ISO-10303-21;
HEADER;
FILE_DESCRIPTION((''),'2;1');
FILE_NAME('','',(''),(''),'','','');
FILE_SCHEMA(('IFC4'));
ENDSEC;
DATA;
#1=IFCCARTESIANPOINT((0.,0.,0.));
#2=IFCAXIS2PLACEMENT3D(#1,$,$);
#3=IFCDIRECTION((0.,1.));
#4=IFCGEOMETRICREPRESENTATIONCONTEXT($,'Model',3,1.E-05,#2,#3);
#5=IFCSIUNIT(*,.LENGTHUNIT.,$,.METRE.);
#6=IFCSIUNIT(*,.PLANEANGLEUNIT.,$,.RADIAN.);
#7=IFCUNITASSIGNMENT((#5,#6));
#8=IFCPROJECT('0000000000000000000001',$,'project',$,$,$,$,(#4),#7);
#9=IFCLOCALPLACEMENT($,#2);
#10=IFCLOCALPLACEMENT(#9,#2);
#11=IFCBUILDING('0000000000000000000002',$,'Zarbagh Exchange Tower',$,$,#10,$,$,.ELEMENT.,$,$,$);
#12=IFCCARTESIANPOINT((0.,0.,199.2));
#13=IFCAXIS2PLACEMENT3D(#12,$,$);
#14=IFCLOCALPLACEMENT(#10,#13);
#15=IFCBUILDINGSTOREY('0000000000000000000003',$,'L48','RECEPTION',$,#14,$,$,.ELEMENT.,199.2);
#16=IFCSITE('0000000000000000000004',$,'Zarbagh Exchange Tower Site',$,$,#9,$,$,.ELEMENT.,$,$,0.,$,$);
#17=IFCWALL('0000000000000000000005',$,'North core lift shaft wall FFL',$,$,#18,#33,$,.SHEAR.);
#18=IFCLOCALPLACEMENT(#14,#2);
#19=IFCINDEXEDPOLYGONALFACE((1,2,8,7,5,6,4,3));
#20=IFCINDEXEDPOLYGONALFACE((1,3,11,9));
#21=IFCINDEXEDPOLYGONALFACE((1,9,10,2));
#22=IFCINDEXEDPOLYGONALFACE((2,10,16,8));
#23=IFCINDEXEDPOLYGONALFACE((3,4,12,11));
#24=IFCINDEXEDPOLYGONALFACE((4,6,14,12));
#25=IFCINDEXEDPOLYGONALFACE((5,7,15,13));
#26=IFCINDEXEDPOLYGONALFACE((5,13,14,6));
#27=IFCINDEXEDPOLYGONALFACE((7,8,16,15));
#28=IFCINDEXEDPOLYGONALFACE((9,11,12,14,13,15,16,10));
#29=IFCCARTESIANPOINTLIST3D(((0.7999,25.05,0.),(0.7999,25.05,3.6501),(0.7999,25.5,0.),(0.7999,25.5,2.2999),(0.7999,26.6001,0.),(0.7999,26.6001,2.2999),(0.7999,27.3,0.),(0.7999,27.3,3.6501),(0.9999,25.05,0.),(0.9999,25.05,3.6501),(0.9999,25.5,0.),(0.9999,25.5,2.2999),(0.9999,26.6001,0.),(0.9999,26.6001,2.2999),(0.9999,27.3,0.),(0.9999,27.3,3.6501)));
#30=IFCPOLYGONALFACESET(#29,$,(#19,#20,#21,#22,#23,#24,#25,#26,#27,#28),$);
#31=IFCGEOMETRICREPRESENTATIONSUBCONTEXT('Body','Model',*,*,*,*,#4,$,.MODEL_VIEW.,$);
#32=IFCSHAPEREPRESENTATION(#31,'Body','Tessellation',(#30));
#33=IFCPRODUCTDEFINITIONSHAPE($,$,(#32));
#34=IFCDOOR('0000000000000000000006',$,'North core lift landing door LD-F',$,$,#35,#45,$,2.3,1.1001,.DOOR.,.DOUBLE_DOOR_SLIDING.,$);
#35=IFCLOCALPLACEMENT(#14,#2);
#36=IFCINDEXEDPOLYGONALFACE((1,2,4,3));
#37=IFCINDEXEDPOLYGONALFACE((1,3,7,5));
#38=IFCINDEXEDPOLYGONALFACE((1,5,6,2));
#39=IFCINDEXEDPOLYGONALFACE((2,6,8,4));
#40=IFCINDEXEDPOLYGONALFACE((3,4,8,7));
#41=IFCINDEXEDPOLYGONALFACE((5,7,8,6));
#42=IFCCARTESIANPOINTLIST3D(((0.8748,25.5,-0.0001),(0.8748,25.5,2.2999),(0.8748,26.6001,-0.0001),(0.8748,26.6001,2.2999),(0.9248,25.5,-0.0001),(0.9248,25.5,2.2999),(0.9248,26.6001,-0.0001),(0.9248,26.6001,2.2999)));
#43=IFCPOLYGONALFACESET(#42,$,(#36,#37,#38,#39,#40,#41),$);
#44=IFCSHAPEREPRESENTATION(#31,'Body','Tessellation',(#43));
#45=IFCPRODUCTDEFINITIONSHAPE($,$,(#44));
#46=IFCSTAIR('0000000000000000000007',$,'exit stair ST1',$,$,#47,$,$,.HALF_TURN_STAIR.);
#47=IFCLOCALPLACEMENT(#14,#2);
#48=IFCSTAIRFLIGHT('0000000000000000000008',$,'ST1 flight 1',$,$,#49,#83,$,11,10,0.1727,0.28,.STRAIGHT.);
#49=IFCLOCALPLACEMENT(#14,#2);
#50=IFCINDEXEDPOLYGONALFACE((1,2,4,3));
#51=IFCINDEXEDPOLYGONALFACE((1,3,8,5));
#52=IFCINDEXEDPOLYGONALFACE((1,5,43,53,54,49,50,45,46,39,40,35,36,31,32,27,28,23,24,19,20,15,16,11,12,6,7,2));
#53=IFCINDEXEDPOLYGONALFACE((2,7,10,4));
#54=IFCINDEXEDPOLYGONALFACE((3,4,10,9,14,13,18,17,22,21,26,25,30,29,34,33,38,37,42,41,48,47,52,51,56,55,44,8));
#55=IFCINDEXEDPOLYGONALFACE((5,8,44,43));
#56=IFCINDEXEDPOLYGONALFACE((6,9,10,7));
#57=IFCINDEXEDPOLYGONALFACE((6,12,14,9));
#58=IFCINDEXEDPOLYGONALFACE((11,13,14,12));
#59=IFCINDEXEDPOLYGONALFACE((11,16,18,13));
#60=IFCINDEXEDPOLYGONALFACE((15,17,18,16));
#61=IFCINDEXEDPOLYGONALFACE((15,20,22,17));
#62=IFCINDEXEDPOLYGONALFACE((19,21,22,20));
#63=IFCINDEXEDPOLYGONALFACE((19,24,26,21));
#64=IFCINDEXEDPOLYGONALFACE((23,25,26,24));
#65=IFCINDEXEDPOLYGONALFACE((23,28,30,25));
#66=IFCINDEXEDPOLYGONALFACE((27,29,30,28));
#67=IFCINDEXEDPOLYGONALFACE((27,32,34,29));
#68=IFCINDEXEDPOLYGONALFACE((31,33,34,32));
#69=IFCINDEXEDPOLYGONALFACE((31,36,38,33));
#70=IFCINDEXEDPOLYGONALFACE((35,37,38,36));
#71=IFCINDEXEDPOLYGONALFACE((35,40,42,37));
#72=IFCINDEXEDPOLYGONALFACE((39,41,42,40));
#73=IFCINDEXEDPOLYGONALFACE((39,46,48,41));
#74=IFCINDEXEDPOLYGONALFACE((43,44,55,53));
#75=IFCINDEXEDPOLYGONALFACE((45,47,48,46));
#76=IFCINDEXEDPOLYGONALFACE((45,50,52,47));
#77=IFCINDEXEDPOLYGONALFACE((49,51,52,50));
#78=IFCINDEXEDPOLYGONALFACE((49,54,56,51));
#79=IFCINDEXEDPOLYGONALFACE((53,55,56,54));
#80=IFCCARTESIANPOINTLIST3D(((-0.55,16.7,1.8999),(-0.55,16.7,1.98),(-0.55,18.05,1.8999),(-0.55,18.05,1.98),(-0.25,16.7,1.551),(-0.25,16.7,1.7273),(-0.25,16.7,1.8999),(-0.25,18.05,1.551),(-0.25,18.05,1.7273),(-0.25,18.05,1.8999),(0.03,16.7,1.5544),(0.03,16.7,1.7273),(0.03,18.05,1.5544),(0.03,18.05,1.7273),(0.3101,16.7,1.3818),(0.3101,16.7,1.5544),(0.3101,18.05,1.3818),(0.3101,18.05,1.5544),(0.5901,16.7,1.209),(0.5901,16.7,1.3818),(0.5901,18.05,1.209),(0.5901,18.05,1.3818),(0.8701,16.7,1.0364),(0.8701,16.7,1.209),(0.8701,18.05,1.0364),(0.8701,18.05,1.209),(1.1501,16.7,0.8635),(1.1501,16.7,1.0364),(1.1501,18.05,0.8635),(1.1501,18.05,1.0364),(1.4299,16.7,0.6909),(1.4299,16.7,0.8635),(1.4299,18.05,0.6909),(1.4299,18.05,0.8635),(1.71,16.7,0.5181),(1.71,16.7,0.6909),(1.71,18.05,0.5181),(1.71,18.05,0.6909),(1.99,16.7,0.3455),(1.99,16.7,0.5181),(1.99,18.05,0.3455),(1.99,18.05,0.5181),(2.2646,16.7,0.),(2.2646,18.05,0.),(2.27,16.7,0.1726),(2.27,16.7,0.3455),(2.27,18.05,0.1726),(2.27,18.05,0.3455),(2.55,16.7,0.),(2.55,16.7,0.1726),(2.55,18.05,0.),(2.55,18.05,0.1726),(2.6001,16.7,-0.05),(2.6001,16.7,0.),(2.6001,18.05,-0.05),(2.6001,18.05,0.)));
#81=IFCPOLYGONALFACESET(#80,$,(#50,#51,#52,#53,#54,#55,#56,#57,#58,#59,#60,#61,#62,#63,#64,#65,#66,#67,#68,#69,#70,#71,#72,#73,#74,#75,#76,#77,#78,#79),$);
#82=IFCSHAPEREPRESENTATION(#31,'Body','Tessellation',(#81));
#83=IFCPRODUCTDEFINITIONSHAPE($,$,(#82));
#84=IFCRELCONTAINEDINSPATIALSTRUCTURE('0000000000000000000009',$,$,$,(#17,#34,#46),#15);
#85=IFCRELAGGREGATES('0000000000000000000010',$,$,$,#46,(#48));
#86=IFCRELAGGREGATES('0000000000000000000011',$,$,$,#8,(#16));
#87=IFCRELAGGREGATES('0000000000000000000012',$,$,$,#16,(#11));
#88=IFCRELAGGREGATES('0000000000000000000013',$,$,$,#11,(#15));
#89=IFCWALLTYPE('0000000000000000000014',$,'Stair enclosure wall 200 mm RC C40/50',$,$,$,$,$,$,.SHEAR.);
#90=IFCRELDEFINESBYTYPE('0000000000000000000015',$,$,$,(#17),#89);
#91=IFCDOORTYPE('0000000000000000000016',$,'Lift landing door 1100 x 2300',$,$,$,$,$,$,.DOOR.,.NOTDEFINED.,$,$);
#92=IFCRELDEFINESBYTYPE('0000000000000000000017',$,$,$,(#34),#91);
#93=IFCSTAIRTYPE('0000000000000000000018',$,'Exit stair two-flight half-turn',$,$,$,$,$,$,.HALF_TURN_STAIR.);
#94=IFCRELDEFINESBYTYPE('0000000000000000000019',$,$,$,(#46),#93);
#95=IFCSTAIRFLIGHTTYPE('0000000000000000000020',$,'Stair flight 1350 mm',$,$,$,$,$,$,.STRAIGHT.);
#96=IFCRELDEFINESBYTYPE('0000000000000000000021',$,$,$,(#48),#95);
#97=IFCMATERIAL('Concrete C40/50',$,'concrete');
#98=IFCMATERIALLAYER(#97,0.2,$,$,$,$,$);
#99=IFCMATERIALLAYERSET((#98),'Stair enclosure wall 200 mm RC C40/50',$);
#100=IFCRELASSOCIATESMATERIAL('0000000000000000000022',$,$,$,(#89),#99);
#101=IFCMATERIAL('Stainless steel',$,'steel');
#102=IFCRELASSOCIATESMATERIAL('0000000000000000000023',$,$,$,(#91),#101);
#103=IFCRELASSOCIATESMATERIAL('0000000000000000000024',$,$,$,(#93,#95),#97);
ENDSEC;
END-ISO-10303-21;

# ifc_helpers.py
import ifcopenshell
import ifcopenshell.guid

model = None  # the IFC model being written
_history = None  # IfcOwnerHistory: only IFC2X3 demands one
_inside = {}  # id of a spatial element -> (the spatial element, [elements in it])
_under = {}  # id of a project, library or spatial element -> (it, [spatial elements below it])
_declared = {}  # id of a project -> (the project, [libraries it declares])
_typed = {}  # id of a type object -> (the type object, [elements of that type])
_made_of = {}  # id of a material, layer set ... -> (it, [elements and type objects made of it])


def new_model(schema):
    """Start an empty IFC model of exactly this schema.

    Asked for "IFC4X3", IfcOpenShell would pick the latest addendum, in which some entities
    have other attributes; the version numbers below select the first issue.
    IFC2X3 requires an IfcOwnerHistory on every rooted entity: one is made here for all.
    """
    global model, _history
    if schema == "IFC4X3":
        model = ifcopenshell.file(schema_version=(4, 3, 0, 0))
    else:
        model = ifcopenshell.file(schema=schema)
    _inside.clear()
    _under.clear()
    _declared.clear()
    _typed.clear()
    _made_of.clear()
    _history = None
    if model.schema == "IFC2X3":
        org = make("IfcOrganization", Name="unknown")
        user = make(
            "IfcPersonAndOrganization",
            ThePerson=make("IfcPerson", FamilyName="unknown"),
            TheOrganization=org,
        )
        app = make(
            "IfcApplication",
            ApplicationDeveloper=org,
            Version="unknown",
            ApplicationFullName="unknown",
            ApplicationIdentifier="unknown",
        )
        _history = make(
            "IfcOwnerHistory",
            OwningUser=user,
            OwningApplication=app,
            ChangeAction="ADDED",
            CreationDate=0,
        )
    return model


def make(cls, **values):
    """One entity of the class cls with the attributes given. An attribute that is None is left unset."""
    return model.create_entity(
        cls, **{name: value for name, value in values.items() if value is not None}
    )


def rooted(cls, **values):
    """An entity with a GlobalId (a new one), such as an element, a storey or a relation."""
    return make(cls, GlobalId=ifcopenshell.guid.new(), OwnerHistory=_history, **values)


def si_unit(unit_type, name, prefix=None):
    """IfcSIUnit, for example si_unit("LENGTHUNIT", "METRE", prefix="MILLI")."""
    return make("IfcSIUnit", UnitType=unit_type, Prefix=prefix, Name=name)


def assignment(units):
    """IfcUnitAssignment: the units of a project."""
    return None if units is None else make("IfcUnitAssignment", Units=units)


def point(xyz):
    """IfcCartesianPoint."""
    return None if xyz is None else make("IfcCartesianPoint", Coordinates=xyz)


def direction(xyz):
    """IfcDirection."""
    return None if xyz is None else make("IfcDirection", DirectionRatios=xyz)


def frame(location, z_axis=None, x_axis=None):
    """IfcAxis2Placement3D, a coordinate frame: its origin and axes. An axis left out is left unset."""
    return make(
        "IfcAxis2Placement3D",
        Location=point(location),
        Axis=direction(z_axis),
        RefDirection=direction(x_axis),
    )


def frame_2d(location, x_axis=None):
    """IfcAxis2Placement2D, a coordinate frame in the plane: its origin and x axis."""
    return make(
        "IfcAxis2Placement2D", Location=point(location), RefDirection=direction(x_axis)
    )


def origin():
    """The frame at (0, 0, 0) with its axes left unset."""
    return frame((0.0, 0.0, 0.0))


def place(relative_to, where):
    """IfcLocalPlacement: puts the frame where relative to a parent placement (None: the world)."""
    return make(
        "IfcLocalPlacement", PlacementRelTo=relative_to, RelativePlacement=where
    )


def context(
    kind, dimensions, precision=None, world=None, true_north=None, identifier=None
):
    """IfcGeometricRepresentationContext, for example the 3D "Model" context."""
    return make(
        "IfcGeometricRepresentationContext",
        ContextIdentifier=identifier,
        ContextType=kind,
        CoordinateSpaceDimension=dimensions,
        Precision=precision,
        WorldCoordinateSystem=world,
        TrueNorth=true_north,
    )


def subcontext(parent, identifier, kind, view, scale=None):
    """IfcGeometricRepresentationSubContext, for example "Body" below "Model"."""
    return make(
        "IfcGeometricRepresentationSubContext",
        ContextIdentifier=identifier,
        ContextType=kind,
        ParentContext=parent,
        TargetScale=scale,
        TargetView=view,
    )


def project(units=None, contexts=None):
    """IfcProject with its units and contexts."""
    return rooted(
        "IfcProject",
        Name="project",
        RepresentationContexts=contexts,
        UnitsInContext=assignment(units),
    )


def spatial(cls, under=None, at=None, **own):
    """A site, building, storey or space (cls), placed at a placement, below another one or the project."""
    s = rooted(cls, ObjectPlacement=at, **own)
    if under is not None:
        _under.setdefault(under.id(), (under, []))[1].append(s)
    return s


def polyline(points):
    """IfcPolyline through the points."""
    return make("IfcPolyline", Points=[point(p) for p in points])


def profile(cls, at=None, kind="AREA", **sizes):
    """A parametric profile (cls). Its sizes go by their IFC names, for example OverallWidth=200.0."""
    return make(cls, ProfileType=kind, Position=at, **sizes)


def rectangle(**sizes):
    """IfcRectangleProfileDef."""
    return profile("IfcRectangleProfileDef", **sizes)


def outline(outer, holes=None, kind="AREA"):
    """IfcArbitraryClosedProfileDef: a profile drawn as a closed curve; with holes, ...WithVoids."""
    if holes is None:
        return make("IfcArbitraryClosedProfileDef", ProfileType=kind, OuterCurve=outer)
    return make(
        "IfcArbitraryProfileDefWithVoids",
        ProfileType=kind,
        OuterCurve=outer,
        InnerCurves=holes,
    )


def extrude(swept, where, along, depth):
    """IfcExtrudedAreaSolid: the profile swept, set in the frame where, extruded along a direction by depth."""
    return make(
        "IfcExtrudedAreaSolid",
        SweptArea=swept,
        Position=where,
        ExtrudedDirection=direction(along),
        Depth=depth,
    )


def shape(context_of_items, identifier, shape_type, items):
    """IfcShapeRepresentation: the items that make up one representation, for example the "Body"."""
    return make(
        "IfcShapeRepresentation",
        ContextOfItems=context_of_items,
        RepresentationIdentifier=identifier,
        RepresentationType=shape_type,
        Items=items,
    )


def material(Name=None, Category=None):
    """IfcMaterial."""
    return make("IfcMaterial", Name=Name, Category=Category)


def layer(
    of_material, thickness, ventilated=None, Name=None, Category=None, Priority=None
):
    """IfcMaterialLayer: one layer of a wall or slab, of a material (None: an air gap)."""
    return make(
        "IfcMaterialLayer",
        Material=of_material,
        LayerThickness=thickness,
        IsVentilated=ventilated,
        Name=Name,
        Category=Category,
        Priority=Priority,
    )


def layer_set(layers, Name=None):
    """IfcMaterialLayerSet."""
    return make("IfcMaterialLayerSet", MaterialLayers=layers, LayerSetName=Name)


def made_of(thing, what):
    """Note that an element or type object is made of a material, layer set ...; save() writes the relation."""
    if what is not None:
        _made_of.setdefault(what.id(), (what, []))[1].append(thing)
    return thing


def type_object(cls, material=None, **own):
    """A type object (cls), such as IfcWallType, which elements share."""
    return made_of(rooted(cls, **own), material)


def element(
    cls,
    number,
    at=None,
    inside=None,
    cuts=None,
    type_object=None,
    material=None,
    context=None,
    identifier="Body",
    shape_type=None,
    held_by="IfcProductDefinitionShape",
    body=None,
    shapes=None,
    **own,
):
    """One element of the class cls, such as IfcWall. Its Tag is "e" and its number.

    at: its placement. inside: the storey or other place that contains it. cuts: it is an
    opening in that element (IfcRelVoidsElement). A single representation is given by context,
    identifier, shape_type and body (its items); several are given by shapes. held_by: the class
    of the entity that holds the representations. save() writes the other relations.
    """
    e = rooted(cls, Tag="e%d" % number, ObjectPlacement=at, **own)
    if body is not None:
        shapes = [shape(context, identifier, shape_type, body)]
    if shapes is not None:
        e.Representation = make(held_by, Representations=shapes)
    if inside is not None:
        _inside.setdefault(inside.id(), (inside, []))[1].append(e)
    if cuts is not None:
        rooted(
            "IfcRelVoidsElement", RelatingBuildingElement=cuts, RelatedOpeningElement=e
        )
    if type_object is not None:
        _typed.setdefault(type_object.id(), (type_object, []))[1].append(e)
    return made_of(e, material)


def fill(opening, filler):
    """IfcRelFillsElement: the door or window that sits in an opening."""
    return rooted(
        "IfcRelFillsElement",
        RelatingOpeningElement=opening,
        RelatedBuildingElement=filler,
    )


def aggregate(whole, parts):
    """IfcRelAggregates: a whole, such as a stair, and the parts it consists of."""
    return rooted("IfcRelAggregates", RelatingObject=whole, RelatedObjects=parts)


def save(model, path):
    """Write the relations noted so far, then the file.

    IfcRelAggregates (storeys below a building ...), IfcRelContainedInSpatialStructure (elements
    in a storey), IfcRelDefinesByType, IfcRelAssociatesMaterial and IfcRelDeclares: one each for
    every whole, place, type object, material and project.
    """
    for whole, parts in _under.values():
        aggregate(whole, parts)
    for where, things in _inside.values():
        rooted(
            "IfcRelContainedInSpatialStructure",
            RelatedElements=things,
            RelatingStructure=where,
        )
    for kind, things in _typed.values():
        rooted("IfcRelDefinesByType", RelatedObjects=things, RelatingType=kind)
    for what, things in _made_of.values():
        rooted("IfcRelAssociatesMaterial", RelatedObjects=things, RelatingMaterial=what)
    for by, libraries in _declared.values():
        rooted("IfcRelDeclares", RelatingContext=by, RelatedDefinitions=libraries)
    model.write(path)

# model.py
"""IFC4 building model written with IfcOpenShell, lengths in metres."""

from ifc_helpers import new_model, si_unit, direction, frame, frame_2d, origin, place, context, subcontext, project, spatial, polyline, rectangle, outline, extrude, material, layer, layer_set, type_object, element, fill, aggregate, save


model = new_model("IFC4")

# Units and contexts
model_context = context("Model", 3, precision=1e-05, world=origin(), true_north=direction((0.0, 1.0)))
body_context = subcontext(model_context, "Body", "Model", "MODEL_VIEW")
ifc_project = project(units=[si_unit("LENGTHUNIT", "METRE"), si_unit("PLANEANGLEUNIT", "RADIAN")], contexts=[model_context])

# Site, building, storey
site_placement = place(None, origin())
site = spatial("IfcSite", under=ifc_project, at=site_placement, Name="Zarbagh Exchange Tower Site", CompositionType="ELEMENT", RefElevation=0.0)
building_placement = place(site_placement, origin())
building = spatial("IfcBuilding", under=site, at=building_placement, Name="Zarbagh Exchange Tower", CompositionType="ELEMENT")
storey_placement = place(building_placement, frame((0.0, 0.0, 199.2)))
storey = spatial("IfcBuildingStorey", under=building, at=storey_placement, Name="L48", Description="RECEPTION", CompositionType="ELEMENT", Elevation=199.2)

# Wall, opening, door
ifc_material_1 = material(Name="Concrete C40/50", Category="concrete")
ifc_layer_1 = layer(ifc_material_1, 0.2)
ifc_layer_set_1 = layer_set([ifc_layer_1], Name="Stair enclosure wall 200 mm RC C40/50")
wall_type_1 = type_object("IfcWallType", Name="Stair enclosure wall 200 mm RC C40/50", PredefinedType="SHEAR", material=ifc_layer_set_1)
wall_1_placement = place(storey_placement, frame((0.8999, 27.3, 0.0), z_axis=(0.0, 0.0, 1.0), x_axis=(0.0, -1.0, 0.0)))
wall_1 = element("IfcWall", 1, at=wall_1_placement, inside=storey, type_object=wall_type_1, Name="North core lift shaft wall FFL", PredefinedType="SHEAR", context=body_context, shape_type="SweptSolid", body=[
    extrude(rectangle(XDim=2.25, YDim=0.2, at=frame_2d((1.125, 0.0))), origin(), (0.0, 0.0, 1.0), 3.6501),
])
opening_1_placement = place(wall_1_placement, frame((0.7, 0.0, 0.0)))
opening_1 = element("IfcOpeningElement", 2, at=opening_1_placement, cuts=wall_1, PredefinedType="OPENING", context=body_context, shape_type="SweptSolid", body=[
    extrude(rectangle(XDim=1.1001, YDim=2.3, at=frame_2d((0.55, 1.1499))), frame((0.0, 0.1099, 0.0), z_axis=(0.0, -1.0, 0.0), x_axis=(1.0, 0.0, 0.0)), (0.0, 0.0, 1.0), 0.22),
])
ifc_material_2 = material(Name="Stainless steel", Category="steel")
door_type_1 = type_object("IfcDoorType", Name="Lift landing door 1100 x 2300", OperationType="NOTDEFINED", PredefinedType="DOOR", material=ifc_material_2)
door_1_placement = place(opening_1_placement, origin())
door_1 = element("IfcDoor", 3, at=door_1_placement, inside=storey, type_object=door_type_1, Name="North core lift landing door LD-F", OperationType="DOUBLE_DOOR_SLIDING", OverallHeight=2.3, OverallWidth=1.1001, PredefinedType="DOOR", context=body_context, shape_type="SweptSolid", body=[
    extrude(rectangle(XDim=1.1001, YDim=2.3, at=frame_2d((0.55, 1.1499))), frame((0.0, 0.0249, 0.0), z_axis=(0.0, -1.0, 0.0), x_axis=(1.0, 0.0, 0.0)), (0.0, 0.0, 1.0), 0.05),
])
fill(opening_1, door_1)

# Stair, stair flight
stair_type = type_object("IfcStairType", Name="Exit stair two-flight half-turn", PredefinedType="HALF_TURN_STAIR", material=ifc_material_1)
stair_placement = place(storey_placement, origin())
stair = element("IfcStair", 4, at=stair_placement, inside=storey, type_object=stair_type, Name="exit stair ST1", PredefinedType="HALF_TURN_STAIR")
stair_flight_type = type_object("IfcStairFlightType", Name="Stair flight 1350 mm", PredefinedType="STRAIGHT", material=ifc_material_1)
stair_flight_placement = place(storey_placement, frame((2.55, 17.375, 0.0), z_axis=(0.0, 0.0, 1.0), x_axis=(-1.0, 0.0, 0.0)))
stair_flight = element("IfcStairFlight", 5, at=stair_flight_placement, type_object=stair_flight_type, Name="ST1 flight 1", NumberOfRisers=11, NumberOfTreads=10, PredefinedType="STRAIGHT", RiserHeight=0.1727, TreadLength=0.28, context=body_context, shape_type="SweptSolid", body=[
    extrude(outline(polyline([(-0.05, -0.05), (-0.05, 0.0), (0.0, 0.0), (0.0, 0.1726), (0.28, 0.1726), (0.28, 0.3455), (0.5601, 0.3455), (0.5601, 0.5181), (0.8401, 0.5181), (0.8401, 0.6909), (1.1201, 0.6909), (1.1201, 0.8635), (1.3999, 0.8635), (1.3999, 1.0364), (1.6799, 1.0364), (1.6799, 1.209), (1.96, 1.209), (1.96, 1.3818), (2.24, 1.3818), (2.24, 1.5544), (2.52, 1.5544), (2.52, 1.7273), (2.8, 1.7273), (2.8, 1.8999), (3.1001, 1.98), (3.1001, 1.8999), (2.8, 1.551), (0.2854, 0.0), (-0.05, -0.05)])), frame((0.0, 0.675, 0.0), z_axis=(0.0, -1.0, 0.0), x_axis=(1.0, 0.0, 0.0)), (0.0, 0.0, 1.0), 1.3501),
])
aggregate(stair, [stair_flight])

save(model, "model.ifc")
